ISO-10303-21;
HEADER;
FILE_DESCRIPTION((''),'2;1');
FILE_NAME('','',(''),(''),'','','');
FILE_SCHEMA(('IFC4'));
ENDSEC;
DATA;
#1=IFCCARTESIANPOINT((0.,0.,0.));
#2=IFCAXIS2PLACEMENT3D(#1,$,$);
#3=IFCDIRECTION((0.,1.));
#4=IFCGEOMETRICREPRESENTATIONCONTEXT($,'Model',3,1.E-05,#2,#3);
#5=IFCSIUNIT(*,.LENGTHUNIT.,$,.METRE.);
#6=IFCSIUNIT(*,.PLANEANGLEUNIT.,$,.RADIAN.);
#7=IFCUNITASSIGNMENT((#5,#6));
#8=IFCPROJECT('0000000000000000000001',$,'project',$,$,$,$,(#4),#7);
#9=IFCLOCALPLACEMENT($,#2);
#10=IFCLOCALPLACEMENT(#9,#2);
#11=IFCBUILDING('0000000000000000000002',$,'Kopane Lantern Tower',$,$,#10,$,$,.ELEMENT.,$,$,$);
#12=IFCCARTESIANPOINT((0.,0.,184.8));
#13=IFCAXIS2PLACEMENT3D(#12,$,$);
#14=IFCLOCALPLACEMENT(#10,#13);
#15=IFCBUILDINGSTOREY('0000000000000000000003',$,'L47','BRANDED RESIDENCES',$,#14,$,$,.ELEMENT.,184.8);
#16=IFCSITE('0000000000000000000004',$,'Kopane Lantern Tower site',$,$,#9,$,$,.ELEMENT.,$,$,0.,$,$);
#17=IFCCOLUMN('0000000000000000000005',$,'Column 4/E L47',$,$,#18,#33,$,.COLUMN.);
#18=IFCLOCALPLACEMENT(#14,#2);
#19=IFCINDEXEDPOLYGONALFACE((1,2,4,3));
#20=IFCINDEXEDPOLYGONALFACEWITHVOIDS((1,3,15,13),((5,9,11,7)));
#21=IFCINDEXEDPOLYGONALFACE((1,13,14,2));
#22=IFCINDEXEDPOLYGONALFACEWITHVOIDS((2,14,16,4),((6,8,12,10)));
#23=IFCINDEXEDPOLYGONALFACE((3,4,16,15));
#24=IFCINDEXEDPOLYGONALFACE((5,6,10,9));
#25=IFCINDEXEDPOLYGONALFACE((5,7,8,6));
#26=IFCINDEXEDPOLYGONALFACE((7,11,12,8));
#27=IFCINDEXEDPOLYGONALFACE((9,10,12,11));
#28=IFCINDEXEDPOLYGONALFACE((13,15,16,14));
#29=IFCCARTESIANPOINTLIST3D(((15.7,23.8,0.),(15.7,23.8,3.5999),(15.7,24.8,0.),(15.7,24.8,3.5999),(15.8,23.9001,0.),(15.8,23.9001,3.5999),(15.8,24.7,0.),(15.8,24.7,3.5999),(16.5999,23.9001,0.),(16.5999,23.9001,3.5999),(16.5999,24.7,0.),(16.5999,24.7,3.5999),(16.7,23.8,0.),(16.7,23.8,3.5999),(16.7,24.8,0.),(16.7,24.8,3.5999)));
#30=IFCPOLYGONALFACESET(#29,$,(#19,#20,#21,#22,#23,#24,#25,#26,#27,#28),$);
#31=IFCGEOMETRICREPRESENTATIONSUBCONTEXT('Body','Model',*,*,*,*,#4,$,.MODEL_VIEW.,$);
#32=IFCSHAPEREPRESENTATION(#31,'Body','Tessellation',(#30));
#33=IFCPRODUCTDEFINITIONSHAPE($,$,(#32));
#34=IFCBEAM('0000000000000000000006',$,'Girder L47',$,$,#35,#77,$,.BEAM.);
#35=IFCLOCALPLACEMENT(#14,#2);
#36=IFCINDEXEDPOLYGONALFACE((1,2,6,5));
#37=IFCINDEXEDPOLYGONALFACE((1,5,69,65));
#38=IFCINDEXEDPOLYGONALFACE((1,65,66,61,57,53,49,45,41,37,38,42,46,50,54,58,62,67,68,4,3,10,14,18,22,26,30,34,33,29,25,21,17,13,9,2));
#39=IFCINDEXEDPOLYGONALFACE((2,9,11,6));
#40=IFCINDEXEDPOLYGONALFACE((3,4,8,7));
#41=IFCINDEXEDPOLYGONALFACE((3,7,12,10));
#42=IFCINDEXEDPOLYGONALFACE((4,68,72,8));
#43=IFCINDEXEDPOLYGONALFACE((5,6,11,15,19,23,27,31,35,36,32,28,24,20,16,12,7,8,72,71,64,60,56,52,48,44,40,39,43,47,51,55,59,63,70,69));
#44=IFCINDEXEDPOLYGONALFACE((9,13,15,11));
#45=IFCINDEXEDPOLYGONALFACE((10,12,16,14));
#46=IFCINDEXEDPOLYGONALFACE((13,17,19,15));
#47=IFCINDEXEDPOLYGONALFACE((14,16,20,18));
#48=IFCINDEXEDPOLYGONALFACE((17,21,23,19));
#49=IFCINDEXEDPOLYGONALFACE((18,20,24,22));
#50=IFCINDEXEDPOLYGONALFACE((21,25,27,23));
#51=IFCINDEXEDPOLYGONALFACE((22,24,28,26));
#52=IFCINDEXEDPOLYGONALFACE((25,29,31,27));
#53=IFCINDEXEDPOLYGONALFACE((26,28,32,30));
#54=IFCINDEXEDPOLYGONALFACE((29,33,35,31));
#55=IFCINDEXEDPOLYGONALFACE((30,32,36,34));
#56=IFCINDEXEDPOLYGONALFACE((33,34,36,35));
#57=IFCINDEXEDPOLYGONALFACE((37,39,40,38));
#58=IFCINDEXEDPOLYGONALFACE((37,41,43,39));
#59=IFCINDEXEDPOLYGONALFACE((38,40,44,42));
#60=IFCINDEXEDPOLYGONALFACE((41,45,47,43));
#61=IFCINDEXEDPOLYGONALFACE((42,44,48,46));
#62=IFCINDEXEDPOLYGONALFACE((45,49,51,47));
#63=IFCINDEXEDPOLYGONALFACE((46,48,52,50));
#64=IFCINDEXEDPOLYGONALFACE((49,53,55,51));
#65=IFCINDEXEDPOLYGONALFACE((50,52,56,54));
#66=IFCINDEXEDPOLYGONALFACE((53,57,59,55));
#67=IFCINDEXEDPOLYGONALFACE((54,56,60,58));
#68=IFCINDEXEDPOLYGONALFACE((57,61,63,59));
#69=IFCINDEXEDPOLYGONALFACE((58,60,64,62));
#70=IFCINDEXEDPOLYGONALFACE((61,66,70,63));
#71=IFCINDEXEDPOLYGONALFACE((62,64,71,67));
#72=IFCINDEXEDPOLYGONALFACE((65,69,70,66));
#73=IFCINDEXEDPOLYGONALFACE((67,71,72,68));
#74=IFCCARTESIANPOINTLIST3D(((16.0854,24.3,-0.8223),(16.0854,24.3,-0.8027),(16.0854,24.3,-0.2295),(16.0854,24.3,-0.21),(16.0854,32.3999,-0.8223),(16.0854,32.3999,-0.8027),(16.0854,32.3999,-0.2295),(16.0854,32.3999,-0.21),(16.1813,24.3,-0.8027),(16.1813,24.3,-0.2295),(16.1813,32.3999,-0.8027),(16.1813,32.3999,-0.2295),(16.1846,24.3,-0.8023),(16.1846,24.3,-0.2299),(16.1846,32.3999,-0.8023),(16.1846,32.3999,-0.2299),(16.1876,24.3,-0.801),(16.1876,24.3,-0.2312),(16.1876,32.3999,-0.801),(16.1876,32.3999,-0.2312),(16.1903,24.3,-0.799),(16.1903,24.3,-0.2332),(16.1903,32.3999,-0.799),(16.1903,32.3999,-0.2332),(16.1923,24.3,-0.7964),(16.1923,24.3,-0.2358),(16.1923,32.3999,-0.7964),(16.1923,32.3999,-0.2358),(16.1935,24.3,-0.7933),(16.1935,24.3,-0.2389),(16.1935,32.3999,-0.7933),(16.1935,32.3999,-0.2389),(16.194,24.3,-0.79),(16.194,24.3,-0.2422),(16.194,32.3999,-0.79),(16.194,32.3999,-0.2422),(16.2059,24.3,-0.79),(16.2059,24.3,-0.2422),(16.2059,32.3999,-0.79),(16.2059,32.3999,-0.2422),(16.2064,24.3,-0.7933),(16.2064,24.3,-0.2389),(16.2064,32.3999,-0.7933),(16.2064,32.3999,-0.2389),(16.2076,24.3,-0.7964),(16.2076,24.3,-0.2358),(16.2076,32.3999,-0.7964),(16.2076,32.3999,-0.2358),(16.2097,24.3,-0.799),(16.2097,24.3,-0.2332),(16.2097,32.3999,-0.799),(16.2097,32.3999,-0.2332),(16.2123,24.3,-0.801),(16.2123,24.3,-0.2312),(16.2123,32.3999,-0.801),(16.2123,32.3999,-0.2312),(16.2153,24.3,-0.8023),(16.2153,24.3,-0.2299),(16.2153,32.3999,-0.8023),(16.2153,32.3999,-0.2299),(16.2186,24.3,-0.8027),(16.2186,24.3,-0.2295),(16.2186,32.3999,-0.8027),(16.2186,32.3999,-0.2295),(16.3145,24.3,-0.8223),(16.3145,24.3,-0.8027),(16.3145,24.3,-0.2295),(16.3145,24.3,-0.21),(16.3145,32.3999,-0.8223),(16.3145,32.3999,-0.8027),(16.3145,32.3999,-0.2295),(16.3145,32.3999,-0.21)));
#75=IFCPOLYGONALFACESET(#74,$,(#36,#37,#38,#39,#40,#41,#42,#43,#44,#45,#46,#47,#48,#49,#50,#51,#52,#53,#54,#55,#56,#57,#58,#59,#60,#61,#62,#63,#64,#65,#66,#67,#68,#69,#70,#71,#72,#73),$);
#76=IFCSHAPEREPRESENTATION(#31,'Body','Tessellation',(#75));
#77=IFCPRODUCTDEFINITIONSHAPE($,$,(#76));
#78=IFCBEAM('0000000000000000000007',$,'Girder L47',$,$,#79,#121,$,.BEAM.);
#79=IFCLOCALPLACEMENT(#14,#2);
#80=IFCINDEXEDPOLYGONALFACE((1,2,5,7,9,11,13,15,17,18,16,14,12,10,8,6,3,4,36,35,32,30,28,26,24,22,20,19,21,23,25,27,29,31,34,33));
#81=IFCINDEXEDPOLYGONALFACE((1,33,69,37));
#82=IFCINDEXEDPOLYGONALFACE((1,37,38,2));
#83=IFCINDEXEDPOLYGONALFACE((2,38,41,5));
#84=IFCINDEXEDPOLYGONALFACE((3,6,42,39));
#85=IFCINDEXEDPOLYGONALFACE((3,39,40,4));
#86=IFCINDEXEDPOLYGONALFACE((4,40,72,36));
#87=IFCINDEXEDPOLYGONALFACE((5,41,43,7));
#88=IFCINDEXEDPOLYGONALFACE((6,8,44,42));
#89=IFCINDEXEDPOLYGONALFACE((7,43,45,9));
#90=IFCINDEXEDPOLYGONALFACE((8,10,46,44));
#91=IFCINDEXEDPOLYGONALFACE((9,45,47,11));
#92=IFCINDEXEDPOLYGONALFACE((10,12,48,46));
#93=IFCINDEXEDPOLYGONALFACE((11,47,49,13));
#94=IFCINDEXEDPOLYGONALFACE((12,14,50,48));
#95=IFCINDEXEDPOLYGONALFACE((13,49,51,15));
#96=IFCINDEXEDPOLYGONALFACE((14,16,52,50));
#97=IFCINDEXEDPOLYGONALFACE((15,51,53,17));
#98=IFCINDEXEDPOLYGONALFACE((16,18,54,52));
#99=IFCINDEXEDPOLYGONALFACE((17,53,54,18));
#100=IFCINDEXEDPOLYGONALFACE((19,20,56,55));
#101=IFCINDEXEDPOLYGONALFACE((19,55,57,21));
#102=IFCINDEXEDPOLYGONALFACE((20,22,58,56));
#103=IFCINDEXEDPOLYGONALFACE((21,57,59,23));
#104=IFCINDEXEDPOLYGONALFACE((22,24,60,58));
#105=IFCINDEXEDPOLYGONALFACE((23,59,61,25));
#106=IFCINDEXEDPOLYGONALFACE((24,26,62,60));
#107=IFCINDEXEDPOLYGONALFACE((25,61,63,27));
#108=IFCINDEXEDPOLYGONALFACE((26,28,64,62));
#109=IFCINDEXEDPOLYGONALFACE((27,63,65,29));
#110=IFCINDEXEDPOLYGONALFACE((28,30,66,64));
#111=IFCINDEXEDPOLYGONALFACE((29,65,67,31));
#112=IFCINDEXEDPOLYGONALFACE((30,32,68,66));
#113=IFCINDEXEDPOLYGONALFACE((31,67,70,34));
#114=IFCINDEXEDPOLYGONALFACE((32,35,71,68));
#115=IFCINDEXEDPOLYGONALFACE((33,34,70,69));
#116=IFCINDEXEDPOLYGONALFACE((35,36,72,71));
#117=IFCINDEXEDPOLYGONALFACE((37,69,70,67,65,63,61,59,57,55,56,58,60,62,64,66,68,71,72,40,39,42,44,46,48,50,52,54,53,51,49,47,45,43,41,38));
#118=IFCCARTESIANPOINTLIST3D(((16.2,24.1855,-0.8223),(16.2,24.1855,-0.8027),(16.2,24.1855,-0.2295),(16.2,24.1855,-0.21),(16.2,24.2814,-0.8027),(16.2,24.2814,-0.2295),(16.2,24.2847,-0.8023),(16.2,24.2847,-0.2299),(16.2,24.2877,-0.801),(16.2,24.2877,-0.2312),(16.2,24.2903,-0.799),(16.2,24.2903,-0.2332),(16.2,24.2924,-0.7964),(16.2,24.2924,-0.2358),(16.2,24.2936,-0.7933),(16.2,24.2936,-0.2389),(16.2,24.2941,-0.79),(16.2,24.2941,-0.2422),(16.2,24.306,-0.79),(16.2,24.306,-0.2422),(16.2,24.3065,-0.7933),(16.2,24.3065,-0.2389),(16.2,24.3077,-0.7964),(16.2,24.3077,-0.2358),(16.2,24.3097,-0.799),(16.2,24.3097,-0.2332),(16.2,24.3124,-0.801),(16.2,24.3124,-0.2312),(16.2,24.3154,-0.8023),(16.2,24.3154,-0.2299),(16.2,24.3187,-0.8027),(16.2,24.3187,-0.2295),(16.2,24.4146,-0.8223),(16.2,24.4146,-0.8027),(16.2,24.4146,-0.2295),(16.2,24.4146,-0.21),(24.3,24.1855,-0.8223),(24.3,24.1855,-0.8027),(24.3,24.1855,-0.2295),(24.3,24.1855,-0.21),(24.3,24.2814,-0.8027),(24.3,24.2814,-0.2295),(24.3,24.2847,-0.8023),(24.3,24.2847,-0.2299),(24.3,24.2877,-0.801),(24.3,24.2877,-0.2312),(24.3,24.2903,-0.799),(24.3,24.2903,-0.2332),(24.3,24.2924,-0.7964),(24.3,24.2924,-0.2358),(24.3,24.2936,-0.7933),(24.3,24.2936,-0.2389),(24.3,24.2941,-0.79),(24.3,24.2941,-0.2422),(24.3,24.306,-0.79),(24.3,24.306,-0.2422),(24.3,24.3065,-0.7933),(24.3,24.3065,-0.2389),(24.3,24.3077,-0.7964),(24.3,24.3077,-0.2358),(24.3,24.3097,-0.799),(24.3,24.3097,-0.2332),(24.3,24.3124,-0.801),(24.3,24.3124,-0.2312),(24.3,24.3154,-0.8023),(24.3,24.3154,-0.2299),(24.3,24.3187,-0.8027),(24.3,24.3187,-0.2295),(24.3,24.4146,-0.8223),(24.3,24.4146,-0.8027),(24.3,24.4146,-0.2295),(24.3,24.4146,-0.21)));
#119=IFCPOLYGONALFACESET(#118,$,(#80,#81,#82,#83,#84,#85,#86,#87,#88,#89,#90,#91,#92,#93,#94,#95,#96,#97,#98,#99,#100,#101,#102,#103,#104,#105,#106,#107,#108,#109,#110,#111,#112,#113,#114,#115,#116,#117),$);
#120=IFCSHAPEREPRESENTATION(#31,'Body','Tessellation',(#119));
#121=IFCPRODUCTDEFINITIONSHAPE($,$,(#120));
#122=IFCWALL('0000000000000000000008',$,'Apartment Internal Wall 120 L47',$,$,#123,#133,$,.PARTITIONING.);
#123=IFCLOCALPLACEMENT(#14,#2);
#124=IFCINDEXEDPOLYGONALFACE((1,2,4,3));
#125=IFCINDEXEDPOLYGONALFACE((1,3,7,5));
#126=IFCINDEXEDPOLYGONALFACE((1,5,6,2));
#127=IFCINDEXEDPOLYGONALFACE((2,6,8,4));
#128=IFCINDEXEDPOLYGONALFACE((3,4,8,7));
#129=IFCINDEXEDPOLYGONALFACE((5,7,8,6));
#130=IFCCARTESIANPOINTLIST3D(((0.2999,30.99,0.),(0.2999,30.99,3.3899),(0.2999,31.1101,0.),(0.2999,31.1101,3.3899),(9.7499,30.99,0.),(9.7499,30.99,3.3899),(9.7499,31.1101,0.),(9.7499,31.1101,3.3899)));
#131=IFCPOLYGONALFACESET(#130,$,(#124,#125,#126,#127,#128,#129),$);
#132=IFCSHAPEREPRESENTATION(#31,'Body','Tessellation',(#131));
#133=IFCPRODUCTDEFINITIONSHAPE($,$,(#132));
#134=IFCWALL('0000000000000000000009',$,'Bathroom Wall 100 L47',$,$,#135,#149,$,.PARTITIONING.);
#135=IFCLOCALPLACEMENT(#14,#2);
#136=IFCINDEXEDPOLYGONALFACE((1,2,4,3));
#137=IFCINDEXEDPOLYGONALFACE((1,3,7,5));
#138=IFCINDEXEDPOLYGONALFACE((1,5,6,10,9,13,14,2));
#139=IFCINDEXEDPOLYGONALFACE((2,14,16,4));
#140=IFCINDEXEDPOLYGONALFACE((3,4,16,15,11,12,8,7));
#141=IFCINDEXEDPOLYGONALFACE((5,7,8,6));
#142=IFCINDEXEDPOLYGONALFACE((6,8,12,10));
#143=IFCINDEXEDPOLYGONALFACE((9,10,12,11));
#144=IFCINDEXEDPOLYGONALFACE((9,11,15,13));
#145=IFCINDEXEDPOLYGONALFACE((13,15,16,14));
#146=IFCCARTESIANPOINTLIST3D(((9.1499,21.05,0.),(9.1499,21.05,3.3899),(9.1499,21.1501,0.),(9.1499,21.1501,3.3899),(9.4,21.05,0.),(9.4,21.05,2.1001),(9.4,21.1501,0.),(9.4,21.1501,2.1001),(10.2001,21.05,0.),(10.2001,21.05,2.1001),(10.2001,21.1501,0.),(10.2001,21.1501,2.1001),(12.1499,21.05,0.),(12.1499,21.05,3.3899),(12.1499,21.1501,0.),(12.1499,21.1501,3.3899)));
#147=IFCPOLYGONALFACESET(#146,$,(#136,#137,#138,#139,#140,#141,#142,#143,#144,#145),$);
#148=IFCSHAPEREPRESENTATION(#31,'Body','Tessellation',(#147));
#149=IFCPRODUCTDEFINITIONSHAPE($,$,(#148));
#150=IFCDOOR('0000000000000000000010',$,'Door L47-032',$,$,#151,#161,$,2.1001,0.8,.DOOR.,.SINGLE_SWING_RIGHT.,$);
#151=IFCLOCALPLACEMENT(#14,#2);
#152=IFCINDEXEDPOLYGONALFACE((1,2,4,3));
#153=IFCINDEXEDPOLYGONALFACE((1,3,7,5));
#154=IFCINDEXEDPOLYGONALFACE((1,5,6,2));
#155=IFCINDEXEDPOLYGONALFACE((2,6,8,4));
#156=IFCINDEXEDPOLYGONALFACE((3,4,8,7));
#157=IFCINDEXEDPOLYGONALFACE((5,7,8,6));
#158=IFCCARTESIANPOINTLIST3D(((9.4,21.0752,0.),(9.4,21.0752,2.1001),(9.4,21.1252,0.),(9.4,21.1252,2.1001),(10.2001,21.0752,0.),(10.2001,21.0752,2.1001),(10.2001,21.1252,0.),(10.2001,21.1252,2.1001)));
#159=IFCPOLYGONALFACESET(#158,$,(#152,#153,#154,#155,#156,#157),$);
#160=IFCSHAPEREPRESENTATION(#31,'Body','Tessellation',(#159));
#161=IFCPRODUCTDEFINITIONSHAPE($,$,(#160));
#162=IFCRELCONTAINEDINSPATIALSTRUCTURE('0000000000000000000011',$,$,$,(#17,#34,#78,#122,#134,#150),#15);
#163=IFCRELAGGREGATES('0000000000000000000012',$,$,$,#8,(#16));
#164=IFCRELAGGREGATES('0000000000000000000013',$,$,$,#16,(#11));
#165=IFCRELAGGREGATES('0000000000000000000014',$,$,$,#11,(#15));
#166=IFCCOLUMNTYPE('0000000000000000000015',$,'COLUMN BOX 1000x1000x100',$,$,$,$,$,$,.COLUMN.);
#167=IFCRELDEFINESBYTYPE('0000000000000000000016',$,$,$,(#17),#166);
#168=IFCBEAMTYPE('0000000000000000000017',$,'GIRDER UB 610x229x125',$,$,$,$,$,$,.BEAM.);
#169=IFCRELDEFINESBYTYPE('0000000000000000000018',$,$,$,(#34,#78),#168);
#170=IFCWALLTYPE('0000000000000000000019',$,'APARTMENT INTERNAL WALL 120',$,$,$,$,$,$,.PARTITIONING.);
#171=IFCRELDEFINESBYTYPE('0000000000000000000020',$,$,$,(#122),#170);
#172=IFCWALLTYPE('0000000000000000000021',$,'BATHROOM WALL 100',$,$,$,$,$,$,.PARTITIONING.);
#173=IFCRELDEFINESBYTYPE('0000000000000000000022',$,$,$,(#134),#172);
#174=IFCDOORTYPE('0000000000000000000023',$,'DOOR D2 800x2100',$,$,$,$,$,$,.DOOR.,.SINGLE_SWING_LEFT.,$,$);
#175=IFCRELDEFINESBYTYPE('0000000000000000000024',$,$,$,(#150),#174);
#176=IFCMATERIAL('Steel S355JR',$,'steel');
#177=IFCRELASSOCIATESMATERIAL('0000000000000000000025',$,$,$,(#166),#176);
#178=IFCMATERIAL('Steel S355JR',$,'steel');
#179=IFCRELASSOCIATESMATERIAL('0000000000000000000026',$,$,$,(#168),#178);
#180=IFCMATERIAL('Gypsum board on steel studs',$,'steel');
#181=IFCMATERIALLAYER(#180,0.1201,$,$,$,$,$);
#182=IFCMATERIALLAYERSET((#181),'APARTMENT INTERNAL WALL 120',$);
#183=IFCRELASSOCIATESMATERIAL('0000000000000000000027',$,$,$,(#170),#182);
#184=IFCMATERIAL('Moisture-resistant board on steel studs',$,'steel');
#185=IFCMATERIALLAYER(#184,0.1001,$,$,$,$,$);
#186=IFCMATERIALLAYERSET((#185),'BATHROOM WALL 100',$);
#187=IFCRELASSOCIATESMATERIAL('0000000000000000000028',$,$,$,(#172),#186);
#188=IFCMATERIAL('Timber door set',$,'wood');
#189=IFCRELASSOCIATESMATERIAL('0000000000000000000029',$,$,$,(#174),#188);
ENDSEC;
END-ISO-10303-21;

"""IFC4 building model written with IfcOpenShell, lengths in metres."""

from ifc_helpers import new_model, si_unit, direction, frame, frame_2d, origin, origin_2d, place, context, subcontext, project, spatial, rectangle, hollow_rectangle, i_section, extrude, material, layer, layer_set, material_profile, profile_set, type_object, element, fill, save


model = new_model("IFC4")

# Units and contexts
model_context = context("Model", 3, precision=1e-05, world=origin(), true_north=direction((0.0, 1.0)))
body_context = subcontext(model_context, "Body", "Model", "MODEL_VIEW")
ifc_project = project(units=[si_unit("LENGTHUNIT", "METRE"), si_unit("PLANEANGLEUNIT", "RADIAN")], contexts=[model_context])

# Site, building, storey
site_placement = place(None, origin())
site = spatial("IfcSite", under=ifc_project, at=site_placement, Name="Kopane Lantern Tower site", CompositionType="ELEMENT", RefElevation=0.0)
building_placement = place(site_placement, origin())
building = spatial("IfcBuilding", under=site, at=building_placement, Name="Kopane Lantern Tower", CompositionType="ELEMENT")
storey_placement = place(building_placement, frame((0.0, 0.0, 184.8)))
storey = spatial("IfcBuildingStorey", under=building, at=storey_placement, Name="L47", Description="BRANDED RESIDENCES", CompositionType="ELEMENT", Elevation=184.8)

# Column
ifc_material_1 = material(Name="Steel S355JR", Category="steel")
ifc_material_profile_1 = material_profile(ifc_material_1, hollow_rectangle(XDim=1.0, YDim=1.0, WallThickness=0.1001, at=origin_2d()), Name="BOX 1000x1000x100")
ifc_profile_set_1 = profile_set([ifc_material_profile_1], Name="Steel S355JR")
column_type = type_object("IfcColumnType", Name="COLUMN BOX 1000x1000x100", PredefinedType="COLUMN", material=ifc_profile_set_1)
column_placement = place(storey_placement, frame((16.2, 24.3, 0.0), z_axis=(0.0, 0.0, 1.0), x_axis=(1.0, 0.0, 0.0)))
element("IfcColumn", 1, at=column_placement, inside=storey, type_object=column_type, Name="Column 4/E L47", PredefinedType="COLUMN", context=body_context, shape_type="SweptSolid", body=[
    extrude(hollow_rectangle(XDim=1.0, YDim=1.0, WallThickness=0.1001, at=origin_2d()), origin(), (0.0, 0.0, 1.0), 3.5999),
])

# Beams
ifc_material_2 = material(Name="Steel S355JR", Category="steel")
ifc_material_profile_2 = material_profile(ifc_material_2, i_section(OverallWidth=0.229, OverallDepth=0.6123, WebThickness=0.012, FlangeThickness=0.0195, FilletRadius=0.0127, at=origin_2d()), Name="UB 610x229x125")
ifc_profile_set_2 = profile_set([ifc_material_profile_2], Name="Steel S355JR")
beam_type = type_object("IfcBeamType", Name="GIRDER UB 610x229x125", PredefinedType="BEAM", material=ifc_profile_set_2)
beam_1_placement = place(storey_placement, frame((16.2, 24.3, -0.5161), z_axis=(0.0, 1.0, 0.0), x_axis=(-1.0, 0.0, 0.0)))
element("IfcBeam", 2, at=beam_1_placement, inside=storey, type_object=beam_type, Name="Girder L47", PredefinedType="BEAM", context=body_context, shape_type="SweptSolid", body=[
    extrude(i_section(OverallWidth=0.229, OverallDepth=0.6123, WebThickness=0.012, FlangeThickness=0.0195, FilletRadius=0.0127, at=origin_2d()), origin(), (0.0, 0.0, 1.0), 8.0999),
])
beam_2_placement = place(storey_placement, frame((16.2, 24.3, -0.5161), z_axis=(1.0, 0.0, 0.0), x_axis=(0.0, 1.0, 0.0)))
element("IfcBeam", 3, at=beam_2_placement, inside=storey, type_object=beam_type, Name="Girder L47", PredefinedType="BEAM", context=body_context, shape_type="SweptSolid", body=[
    extrude(i_section(OverallWidth=0.229, OverallDepth=0.6123, WebThickness=0.012, FlangeThickness=0.0195, FilletRadius=0.0127, at=origin_2d()), origin(), (0.0, 0.0, 1.0), 8.1001),
])

# Wall
ifc_material_3 = material(Name="Gypsum board on steel studs", Category="steel")
ifc_layer_1 = layer(ifc_material_3, 0.1201)
ifc_layer_set_1 = layer_set([ifc_layer_1], Name="APARTMENT INTERNAL WALL 120")
wall_type_1 = type_object("IfcWallType", Name="APARTMENT INTERNAL WALL 120", PredefinedType="PARTITIONING", material=ifc_layer_set_1)
wall_1_placement = place(storey_placement, frame((9.75, 31.05, 0.0), z_axis=(0.0, 0.0, 1.0), x_axis=(-1.0, 0.0, 0.0)))
element("IfcWall", 4, at=wall_1_placement, inside=storey, type_object=wall_type_1, Name="Apartment Internal Wall 120 L47", PredefinedType="PARTITIONING", context=body_context, shape_type="SweptSolid", body=[
    extrude(rectangle(XDim=9.45, YDim=0.1201, at=frame_2d((4.7251, 0.0))), origin(), (0.0, 0.0, 1.0), 3.3899),
])

# Wall, opening, door
ifc_material_4 = material(Name="Moisture-resistant board on steel studs", Category="steel")
ifc_layer_2 = layer(ifc_material_4, 0.1001)
ifc_layer_set_2 = layer_set([ifc_layer_2], Name="BATHROOM WALL 100")
wall_type_2 = type_object("IfcWallType", Name="BATHROOM WALL 100", PredefinedType="PARTITIONING", material=ifc_layer_set_2)
wall_2_placement = place(storey_placement, frame((12.1499, 21.1001, 0.0), z_axis=(0.0, 0.0, 1.0), x_axis=(-1.0, 0.0, 0.0)))
wall_2 = element("IfcWall", 5, at=wall_2_placement, inside=storey, type_object=wall_type_2, Name="Bathroom Wall 100 L47", PredefinedType="PARTITIONING", context=body_context, shape_type="SweptSolid", body=[
    extrude(rectangle(XDim=3.0, YDim=0.1001, at=frame_2d((1.5, 0.0))), origin(), (0.0, 0.0, 1.0), 3.3899),
])
opening_1_placement = place(wall_2_placement, frame((1.95, 0.0, 0.0)))
opening_1 = element("IfcOpeningElement", 6, at=opening_1_placement, cuts=wall_2, PredefinedType="OPENING", context=body_context, shape_type="SweptSolid", body=[
    extrude(rectangle(XDim=0.8, YDim=2.1001, at=frame_2d((0.3999, 1.05))), frame((0.0, 0.0601, 0.0), z_axis=(0.0, -1.0, 0.0), x_axis=(1.0, 0.0, 0.0)), (0.0, 0.0, 1.0), 0.1201),
])
ifc_material_5 = material(Name="Timber door set", Category="wood")
door_type_1 = type_object("IfcDoorType", Name="DOOR D2 800x2100", OperationType="SINGLE_SWING_LEFT", PredefinedType="DOOR", material=ifc_material_5)
door_1_placement = place(opening_1_placement, origin())
door_1 = element("IfcDoor", 7, at=door_1_placement, inside=storey, type_object=door_type_1, Name="Door L47-032", OperationType="SINGLE_SWING_RIGHT", OverallHeight=2.1001, OverallWidth=0.8, PredefinedType="DOOR", context=body_context, shape_type="SweptSolid", body=[
    extrude(rectangle(XDim=0.8, YDim=2.1001, at=frame_2d((0.3999, 1.05))), frame((0.0, 0.0249, 0.0), z_axis=(0.0, -1.0, 0.0), x_axis=(1.0, 0.0, 0.0)), (0.0, 0.0, 1.0), 0.05),
])
fill(opening_1, door_1)

save(model, "model.ifc")
